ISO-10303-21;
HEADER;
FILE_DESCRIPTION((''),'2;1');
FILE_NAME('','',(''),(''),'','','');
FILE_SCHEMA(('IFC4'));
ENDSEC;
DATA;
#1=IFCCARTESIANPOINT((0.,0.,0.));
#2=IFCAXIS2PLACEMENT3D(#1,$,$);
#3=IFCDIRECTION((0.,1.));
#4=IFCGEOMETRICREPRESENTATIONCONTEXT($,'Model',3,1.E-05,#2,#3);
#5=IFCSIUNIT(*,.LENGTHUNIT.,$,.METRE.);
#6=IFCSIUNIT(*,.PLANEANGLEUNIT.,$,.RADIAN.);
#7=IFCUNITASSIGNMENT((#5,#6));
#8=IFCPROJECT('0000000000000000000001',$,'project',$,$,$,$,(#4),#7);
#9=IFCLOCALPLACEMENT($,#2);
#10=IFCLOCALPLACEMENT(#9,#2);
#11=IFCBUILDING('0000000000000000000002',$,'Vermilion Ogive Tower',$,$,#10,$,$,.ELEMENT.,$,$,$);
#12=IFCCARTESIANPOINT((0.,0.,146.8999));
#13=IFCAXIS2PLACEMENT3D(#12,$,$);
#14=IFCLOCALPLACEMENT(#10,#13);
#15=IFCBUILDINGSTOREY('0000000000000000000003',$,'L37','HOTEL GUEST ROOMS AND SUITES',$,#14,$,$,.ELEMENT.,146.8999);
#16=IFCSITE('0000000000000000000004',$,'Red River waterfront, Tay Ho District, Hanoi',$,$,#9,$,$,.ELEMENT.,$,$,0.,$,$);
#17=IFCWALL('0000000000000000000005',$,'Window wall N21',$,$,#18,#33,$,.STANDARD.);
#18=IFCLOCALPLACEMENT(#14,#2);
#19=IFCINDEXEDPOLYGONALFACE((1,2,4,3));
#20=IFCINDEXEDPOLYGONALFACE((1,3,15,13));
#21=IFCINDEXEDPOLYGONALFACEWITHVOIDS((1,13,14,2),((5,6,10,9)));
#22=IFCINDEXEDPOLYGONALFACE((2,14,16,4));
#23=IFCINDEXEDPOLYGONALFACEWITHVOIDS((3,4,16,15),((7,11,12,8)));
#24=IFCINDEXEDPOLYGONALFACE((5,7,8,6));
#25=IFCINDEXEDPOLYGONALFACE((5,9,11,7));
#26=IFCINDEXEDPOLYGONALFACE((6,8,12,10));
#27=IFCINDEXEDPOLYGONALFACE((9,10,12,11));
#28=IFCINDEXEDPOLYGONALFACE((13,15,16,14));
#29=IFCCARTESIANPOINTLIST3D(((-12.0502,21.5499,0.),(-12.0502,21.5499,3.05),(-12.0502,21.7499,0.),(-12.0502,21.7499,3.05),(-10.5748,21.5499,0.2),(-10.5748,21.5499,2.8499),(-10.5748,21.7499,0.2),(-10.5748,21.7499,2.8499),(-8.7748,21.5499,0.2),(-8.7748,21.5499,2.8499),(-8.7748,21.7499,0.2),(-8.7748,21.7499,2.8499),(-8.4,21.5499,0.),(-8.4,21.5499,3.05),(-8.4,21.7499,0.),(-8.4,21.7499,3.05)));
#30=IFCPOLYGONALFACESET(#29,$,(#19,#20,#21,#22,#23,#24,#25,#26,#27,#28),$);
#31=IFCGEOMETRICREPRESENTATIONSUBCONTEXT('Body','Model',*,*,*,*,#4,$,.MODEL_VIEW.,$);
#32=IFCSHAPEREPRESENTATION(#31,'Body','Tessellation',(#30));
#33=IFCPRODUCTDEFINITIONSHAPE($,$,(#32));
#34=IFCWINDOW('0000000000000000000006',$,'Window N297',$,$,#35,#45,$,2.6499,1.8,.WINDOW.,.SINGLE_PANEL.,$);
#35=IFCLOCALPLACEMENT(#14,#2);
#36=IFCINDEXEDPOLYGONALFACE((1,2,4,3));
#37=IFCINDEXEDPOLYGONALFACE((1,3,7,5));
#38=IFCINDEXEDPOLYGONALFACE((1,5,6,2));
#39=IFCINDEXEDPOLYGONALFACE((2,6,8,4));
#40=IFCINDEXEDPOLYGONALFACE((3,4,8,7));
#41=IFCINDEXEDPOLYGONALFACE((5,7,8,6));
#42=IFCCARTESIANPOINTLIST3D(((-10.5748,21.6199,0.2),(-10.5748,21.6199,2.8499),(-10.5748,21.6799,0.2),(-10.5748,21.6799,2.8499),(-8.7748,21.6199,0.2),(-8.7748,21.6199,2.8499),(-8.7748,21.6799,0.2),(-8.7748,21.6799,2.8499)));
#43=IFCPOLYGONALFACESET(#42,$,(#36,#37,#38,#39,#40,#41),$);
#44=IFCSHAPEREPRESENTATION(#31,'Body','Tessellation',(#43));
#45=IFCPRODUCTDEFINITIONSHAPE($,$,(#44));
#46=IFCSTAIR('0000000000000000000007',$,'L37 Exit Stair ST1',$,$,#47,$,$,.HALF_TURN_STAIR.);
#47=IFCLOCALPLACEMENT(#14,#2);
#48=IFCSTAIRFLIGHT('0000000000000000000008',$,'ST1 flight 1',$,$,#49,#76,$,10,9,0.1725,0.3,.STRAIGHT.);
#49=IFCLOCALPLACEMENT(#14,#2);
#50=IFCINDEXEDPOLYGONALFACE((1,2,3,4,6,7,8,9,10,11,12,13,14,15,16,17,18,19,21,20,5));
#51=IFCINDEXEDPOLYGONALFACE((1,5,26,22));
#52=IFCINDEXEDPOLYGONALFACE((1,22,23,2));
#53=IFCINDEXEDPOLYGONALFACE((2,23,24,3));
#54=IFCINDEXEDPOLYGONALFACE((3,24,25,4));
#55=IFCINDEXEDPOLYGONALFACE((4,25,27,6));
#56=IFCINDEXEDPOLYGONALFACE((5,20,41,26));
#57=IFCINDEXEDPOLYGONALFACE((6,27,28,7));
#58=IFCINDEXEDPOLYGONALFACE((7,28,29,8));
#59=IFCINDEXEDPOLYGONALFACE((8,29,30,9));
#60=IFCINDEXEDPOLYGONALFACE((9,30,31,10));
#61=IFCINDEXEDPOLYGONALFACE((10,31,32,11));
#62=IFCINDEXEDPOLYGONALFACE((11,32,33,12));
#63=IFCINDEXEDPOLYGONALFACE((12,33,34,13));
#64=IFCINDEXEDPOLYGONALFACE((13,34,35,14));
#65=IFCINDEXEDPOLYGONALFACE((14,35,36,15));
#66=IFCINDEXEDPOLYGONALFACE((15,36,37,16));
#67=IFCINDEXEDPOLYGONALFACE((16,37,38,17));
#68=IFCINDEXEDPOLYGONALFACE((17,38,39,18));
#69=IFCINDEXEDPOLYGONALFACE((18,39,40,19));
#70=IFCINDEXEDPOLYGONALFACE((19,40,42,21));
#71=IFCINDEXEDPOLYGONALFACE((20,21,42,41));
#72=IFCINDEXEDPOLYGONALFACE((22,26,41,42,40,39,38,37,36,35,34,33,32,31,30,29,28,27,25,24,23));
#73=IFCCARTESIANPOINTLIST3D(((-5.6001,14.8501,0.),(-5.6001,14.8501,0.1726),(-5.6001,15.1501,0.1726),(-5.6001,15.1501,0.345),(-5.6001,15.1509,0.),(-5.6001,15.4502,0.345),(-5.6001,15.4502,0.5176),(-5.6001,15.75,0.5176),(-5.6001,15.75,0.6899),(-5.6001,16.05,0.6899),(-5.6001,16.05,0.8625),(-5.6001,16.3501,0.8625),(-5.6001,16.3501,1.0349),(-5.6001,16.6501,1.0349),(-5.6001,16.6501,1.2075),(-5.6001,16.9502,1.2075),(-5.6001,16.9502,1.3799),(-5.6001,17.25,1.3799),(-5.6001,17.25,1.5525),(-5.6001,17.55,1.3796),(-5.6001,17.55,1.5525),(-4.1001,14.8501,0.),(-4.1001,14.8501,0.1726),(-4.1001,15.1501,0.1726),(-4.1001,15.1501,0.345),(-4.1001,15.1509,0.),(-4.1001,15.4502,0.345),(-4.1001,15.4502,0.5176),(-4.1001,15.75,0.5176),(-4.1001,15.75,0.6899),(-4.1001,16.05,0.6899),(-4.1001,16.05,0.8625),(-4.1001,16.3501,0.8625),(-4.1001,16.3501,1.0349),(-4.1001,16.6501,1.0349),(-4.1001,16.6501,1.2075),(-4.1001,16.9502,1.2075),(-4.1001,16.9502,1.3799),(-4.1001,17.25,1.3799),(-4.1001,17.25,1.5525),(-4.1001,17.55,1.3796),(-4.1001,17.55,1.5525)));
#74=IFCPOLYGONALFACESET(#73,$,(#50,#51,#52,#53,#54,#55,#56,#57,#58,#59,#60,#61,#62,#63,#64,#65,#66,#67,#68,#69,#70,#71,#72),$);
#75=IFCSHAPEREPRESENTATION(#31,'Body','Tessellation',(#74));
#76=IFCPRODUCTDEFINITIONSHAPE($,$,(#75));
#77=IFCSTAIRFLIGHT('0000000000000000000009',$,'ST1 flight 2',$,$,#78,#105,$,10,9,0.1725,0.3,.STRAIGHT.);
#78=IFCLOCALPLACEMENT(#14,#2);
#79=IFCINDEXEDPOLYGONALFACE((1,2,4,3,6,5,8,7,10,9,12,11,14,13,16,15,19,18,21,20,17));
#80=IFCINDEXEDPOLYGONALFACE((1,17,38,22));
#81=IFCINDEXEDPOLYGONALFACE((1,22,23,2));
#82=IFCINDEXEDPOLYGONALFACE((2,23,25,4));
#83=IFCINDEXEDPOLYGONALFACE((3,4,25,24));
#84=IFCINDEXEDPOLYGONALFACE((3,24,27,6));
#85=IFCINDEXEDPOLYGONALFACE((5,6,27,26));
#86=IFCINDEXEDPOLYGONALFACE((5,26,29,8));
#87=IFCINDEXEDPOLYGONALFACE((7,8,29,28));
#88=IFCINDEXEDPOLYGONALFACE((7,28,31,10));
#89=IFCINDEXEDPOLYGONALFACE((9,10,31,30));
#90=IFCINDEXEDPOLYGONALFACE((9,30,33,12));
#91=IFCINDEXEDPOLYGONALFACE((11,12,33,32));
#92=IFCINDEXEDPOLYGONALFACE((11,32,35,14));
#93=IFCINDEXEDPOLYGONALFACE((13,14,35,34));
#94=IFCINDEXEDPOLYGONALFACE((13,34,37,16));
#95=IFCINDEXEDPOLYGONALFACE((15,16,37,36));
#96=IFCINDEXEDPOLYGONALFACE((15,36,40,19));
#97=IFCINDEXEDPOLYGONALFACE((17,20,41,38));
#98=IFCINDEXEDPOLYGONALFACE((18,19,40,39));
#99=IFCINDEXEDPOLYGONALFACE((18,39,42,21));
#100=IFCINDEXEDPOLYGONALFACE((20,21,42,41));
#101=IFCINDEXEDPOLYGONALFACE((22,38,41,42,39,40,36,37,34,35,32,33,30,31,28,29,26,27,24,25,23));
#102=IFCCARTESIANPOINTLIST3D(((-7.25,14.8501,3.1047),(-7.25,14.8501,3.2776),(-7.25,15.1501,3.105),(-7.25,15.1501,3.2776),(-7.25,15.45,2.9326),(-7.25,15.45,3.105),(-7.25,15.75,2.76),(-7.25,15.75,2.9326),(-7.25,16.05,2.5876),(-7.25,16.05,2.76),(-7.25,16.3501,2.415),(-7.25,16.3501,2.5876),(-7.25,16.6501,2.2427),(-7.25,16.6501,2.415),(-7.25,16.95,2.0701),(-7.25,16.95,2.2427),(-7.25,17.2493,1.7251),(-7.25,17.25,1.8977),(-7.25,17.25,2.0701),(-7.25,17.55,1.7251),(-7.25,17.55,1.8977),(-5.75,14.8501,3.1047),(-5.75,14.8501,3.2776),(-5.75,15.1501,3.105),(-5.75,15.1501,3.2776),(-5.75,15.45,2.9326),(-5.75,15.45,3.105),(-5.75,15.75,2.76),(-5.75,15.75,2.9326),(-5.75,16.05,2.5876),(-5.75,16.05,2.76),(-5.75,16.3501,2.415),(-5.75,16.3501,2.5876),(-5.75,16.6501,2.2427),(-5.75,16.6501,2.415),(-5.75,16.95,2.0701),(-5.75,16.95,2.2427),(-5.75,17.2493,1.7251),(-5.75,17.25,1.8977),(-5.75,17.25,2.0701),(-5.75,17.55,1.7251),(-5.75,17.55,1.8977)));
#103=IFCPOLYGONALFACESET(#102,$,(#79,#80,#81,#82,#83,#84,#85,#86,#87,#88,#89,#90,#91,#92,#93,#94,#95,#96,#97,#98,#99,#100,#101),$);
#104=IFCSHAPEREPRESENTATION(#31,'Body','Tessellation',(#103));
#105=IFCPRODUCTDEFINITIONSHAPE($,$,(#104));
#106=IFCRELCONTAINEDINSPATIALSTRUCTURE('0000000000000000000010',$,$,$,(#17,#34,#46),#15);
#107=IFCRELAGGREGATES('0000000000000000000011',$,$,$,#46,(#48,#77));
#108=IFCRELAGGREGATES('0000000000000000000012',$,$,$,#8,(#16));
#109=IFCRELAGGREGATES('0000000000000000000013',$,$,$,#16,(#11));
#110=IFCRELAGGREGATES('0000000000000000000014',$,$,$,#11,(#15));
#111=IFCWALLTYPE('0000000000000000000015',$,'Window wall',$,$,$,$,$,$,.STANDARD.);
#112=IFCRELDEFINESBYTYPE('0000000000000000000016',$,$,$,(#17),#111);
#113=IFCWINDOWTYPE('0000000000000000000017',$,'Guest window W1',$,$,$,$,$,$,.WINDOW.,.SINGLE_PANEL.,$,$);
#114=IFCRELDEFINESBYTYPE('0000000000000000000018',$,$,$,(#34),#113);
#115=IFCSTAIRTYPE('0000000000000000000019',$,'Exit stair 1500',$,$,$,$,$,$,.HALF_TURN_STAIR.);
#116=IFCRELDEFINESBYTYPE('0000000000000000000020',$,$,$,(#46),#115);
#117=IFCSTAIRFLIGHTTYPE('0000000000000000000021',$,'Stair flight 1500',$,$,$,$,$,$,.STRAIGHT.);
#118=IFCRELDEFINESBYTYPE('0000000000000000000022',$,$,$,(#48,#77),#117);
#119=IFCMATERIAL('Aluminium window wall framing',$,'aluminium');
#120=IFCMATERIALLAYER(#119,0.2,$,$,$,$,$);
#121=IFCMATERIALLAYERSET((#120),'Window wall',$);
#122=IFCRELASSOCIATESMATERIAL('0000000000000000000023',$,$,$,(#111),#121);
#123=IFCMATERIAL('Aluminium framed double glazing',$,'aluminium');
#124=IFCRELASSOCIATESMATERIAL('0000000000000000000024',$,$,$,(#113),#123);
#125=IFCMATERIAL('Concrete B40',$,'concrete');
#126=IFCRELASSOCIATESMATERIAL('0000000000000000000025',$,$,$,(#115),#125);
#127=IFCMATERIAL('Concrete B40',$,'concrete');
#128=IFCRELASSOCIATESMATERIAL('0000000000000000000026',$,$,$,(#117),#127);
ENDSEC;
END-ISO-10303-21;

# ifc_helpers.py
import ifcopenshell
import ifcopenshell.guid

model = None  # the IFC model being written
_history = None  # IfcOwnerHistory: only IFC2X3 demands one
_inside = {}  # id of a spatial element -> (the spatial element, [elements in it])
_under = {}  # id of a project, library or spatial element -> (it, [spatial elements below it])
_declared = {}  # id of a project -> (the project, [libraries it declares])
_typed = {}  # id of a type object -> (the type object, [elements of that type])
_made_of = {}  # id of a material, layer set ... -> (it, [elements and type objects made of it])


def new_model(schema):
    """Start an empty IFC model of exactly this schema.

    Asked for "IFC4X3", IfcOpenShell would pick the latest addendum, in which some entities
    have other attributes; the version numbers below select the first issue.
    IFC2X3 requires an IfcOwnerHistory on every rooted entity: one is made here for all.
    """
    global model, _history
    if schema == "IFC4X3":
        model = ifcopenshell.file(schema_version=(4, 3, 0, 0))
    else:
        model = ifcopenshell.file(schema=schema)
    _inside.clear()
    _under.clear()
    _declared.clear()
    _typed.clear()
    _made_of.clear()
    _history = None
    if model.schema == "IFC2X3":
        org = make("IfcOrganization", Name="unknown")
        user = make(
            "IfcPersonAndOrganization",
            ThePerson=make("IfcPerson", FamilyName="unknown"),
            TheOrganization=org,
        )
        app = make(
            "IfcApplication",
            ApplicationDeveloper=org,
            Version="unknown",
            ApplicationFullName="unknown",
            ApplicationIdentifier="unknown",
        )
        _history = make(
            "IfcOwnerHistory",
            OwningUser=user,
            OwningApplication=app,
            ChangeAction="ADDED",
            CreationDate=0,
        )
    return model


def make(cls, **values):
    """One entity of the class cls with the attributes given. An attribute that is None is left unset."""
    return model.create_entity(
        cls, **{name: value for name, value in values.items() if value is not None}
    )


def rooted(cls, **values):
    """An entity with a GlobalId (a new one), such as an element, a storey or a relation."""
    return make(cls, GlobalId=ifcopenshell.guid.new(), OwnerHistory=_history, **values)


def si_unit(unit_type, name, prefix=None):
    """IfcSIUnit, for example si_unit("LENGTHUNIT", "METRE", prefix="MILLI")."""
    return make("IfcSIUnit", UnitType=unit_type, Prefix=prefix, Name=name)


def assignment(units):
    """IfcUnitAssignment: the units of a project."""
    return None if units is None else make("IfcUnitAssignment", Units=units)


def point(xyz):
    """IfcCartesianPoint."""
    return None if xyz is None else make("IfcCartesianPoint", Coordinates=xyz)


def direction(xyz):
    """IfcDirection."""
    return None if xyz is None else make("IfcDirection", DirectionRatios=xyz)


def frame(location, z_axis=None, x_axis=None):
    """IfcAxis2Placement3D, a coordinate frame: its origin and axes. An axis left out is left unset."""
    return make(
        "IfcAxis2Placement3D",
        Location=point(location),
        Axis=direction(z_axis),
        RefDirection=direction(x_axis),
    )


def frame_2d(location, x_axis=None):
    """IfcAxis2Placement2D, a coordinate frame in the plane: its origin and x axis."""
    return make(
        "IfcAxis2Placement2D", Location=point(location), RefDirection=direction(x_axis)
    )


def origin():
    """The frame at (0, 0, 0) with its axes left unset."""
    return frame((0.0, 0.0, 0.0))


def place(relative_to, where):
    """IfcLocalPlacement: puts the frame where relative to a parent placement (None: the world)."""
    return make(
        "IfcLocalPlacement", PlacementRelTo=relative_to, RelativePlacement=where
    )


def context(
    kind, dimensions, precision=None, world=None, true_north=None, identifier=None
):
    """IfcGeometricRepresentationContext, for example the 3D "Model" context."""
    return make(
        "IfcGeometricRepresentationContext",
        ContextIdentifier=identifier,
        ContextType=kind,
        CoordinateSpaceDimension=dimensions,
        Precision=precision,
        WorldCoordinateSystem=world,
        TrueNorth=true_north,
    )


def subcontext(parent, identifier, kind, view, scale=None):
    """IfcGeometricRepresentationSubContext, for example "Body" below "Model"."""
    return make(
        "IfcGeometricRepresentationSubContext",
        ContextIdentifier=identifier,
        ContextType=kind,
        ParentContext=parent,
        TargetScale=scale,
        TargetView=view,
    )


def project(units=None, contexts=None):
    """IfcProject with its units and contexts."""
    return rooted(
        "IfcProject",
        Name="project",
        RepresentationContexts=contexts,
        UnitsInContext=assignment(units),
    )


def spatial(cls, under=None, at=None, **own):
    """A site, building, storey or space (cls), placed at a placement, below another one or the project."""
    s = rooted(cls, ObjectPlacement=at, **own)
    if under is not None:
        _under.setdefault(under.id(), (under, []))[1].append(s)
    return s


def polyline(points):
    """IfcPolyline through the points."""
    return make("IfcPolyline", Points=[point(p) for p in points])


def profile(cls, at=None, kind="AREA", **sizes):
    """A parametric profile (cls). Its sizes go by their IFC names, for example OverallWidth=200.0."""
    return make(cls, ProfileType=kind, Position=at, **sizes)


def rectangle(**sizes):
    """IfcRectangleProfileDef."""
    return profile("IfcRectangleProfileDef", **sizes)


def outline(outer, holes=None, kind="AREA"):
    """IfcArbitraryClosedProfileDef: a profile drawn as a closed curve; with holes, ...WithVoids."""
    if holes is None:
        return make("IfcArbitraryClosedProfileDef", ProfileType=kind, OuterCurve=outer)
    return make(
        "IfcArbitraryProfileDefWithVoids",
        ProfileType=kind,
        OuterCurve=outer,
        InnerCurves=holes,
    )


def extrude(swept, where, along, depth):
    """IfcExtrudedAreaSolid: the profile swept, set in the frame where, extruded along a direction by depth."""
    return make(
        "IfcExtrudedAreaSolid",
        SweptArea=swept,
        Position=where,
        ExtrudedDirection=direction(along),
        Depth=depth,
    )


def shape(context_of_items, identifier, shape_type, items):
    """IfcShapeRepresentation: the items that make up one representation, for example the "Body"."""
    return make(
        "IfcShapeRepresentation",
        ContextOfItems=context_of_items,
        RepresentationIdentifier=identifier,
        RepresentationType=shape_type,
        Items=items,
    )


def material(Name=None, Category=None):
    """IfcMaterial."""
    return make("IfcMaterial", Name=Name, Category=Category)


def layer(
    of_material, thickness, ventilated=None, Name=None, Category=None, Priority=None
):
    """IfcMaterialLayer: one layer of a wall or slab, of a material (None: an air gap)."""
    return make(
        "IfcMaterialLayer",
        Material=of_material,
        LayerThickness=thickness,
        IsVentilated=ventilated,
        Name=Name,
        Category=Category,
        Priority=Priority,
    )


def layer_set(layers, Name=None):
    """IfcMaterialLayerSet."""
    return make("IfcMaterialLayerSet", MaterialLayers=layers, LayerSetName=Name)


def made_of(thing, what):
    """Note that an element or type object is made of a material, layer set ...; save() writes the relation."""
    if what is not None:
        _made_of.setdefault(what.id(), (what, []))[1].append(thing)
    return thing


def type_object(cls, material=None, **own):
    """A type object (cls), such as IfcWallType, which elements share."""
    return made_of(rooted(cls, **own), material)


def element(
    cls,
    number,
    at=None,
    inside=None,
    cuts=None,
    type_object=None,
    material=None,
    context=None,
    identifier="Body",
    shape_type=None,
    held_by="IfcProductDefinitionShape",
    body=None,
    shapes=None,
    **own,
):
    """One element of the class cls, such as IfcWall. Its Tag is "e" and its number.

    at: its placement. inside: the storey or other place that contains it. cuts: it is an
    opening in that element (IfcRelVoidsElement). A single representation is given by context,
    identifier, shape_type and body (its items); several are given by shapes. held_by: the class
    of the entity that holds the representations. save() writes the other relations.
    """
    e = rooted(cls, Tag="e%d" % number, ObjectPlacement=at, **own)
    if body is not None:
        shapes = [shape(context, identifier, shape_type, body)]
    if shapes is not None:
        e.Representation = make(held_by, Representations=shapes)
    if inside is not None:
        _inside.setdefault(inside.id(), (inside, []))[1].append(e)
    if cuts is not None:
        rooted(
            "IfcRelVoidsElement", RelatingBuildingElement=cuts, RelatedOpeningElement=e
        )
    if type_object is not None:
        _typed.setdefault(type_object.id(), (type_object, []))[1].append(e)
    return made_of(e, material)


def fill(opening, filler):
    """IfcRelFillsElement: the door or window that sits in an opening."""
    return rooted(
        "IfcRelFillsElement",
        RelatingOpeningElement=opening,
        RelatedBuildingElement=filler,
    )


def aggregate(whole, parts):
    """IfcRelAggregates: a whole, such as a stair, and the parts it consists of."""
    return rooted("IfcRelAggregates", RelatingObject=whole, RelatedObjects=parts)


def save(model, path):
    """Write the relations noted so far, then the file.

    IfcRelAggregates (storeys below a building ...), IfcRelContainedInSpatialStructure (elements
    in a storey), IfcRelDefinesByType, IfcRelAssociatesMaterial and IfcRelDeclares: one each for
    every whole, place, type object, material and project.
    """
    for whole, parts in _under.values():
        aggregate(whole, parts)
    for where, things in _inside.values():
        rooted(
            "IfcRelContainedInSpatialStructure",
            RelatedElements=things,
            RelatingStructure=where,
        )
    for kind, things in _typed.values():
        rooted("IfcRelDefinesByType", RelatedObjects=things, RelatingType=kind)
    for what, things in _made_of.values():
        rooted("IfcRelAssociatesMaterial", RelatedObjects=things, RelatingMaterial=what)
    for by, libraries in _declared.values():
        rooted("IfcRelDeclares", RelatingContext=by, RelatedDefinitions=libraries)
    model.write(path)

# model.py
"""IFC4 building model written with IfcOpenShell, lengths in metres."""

from ifc_helpers import new_model, si_unit, direction, frame, frame_2d, origin, place, context, subcontext, project, spatial, polyline, rectangle, outline, extrude, material, layer, layer_set, type_object, element, fill, aggregate, save


model = new_model("IFC4")

# Units and contexts
model_context = context("Model", 3, precision=1e-05, world=origin(), true_north=direction((0.0, 1.0)))
body_context = subcontext(model_context, "Body", "Model", "MODEL_VIEW")
ifc_project = project(units=[si_unit("LENGTHUNIT", "METRE"), si_unit("PLANEANGLEUNIT", "RADIAN")], contexts=[model_context])

# Site, building, storey
site_placement = place(None, origin())
site = spatial("IfcSite", under=ifc_project, at=site_placement, Name="Red River waterfront, Tay Ho District, Hanoi", CompositionType="ELEMENT", RefElevation=0.0)
building_placement = place(site_placement, origin())
building = spatial("IfcBuilding", under=site, at=building_placement, Name="Vermilion Ogive Tower", CompositionType="ELEMENT")
storey_placement = place(building_placement, frame((0.0, 0.0, 146.8999)))
storey = spatial("IfcBuildingStorey", under=building, at=storey_placement, Name="L37", Description="HOTEL GUEST ROOMS AND SUITES", CompositionType="ELEMENT", Elevation=146.8999)

# Wall, opening, window
ifc_material_1 = material(Name="Aluminium window wall framing", Category="aluminium")
ifc_layer_1 = layer(ifc_material_1, 0.2)
ifc_layer_set_1 = layer_set([ifc_layer_1], Name="Window wall")
wall_type_1 = type_object("IfcWallType", Name="Window wall", PredefinedType="STANDARD", material=ifc_layer_set_1)
wall_1_placement = place(storey_placement, frame((-8.3999, 21.6499, 0.0), z_axis=(0.0, 0.0, 1.0), x_axis=(-1.0, 0.0, 0.0)))
wall_1 = element("IfcWall", 1, at=wall_1_placement, inside=storey, type_object=wall_type_1, Name="Window wall N21", PredefinedType="STANDARD", context=body_context, shape_type="SweptSolid", body=[
    extrude(rectangle(XDim=3.6501, YDim=0.2, at=frame_2d((1.8252, 0.0))), origin(), (0.0, 0.0, 1.0), 3.05),
])
opening_1_placement = place(wall_1_placement, frame((0.375, 0.0, 0.2)))
opening_1 = element("IfcOpeningElement", 2, at=opening_1_placement, cuts=wall_1, PredefinedType="OPENING", context=body_context, shape_type="SweptSolid", body=[
    extrude(rectangle(XDim=1.8, YDim=2.6499, at=frame_2d((0.8999, 1.325))), frame((0.0, 0.1099, 0.0), z_axis=(0.0, -1.0, 0.0), x_axis=(1.0, 0.0, 0.0)), (0.0, 0.0, 1.0), 0.22),
])
ifc_material_2 = material(Name="Aluminium framed double glazing", Category="aluminium")
window_type = type_object("IfcWindowType", Name="Guest window W1", PartitioningType="SINGLE_PANEL", PredefinedType="WINDOW", material=ifc_material_2)
window_placement = place(opening_1_placement, origin())
window = element("IfcWindow", 3, at=window_placement, inside=storey, type_object=window_type, Name="Window N297", OverallHeight=2.6499, OverallWidth=1.8, PartitioningType="SINGLE_PANEL", PredefinedType="WINDOW", context=body_context, shape_type="SweptSolid", body=[
    extrude(rectangle(XDim=1.8, YDim=2.6499, at=frame_2d((0.8999, 1.325))), frame((0.0, 0.03, 0.0), z_axis=(0.0, -1.0, 0.0), x_axis=(1.0, 0.0, 0.0)), (0.0, 0.0, 1.0), 0.0601),
])
fill(opening_1, window)

# Stair, stair flights
ifc_material_3 = material(Name="Concrete B40", Category="concrete")
stair_type = type_object("IfcStairType", Name="Exit stair 1500", PredefinedType="HALF_TURN_STAIR", material=ifc_material_3)
stair_placement = place(storey_placement, origin())
stair = element("IfcStair", 4, at=stair_placement, inside=storey, type_object=stair_type, Name="L37 Exit Stair ST1", PredefinedType="HALF_TURN_STAIR")
ifc_material_4 = material(Name="Concrete B40", Category="concrete")
stair_flight_type = type_object("IfcStairFlightType", Name="Stair flight 1500", PredefinedType="STRAIGHT", material=ifc_material_4)
stair_flight_1_placement = place(storey_placement, frame((-4.8501, 14.8501, 0.0), z_axis=(0.0, 0.0, 1.0), x_axis=(0.0, 1.0, 0.0)))
stair_flight_1 = element("IfcStairFlight", 5, at=stair_flight_1_placement, type_object=stair_flight_type, Name="ST1 flight 1", NumberOfRisers=10, NumberOfTreads=9, PredefinedType="STRAIGHT", RiserHeight=0.1725, TreadLength=0.3, context=body_context, shape_type="SweptSolid", body=[
    extrude(outline(polyline([(0.0, 0.0), (0.0, 0.1726), (0.3, 0.1726), (0.3, 0.345), (0.6001, 0.345), (0.6001, 0.5176), (0.8999, 0.5176), (0.8999, 0.6899), (1.2, 0.6899), (1.2, 0.8625), (1.5, 0.8625), (1.5, 1.0349), (1.8, 1.0349), (1.8, 1.2075), (2.1001, 1.2075), (2.1001, 1.3799), (2.3999, 1.3799), (2.3999, 1.5525), (2.7, 1.5525), (2.7, 1.7251), (2.7, 1.3796), (0.3008, 0.0), (0.0, 0.0)])), frame((0.0, 0.75, 0.0), z_axis=(0.0, -1.0, 0.0), x_axis=(1.0, 0.0, 0.0)), (0.0, 0.0, 1.0), 1.5),
])
stair_flight_2_placement = place(storey_placement, frame((-6.5, 17.55, 1.7251), z_axis=(0.0, 0.0, 1.0), x_axis=(0.0, -1.0, 0.0)))
stair_flight_2 = element("IfcStairFlight", 6, at=stair_flight_2_placement, type_object=stair_flight_type, Name="ST1 flight 2", NumberOfRisers=10, NumberOfTreads=9, PredefinedType="STRAIGHT", RiserHeight=0.1725, TreadLength=0.3, context=body_context, shape_type="SweptSolid", body=[
    extrude(outline(polyline([(0.0, 0.0), (0.0, 0.1726), (0.3, 0.1726), (0.3, 0.345), (0.6001, 0.345), (0.6001, 0.5176), (0.8999, 0.5176), (0.8999, 0.6899), (1.2, 0.6899), (1.2, 0.8625), (1.5, 0.8625), (1.5, 1.0349), (1.8, 1.0349), (1.8, 1.2075), (2.1001, 1.2075), (2.1001, 1.3799), (2.3999, 1.3799), (2.3999, 1.5525), (2.7, 1.5525), (2.7, 1.7251), (2.7, 1.3796), (0.3008, 0.0), (0.0, 0.0)])), frame((0.0, 0.75, 0.0), z_axis=(0.0, -1.0, 0.0), x_axis=(1.0, 0.0, 0.0)), (0.0, 0.0, 1.0), 1.5),
])
aggregate(stair, [stair_flight_1, stair_flight_2])

save(model, "model.ifc")
